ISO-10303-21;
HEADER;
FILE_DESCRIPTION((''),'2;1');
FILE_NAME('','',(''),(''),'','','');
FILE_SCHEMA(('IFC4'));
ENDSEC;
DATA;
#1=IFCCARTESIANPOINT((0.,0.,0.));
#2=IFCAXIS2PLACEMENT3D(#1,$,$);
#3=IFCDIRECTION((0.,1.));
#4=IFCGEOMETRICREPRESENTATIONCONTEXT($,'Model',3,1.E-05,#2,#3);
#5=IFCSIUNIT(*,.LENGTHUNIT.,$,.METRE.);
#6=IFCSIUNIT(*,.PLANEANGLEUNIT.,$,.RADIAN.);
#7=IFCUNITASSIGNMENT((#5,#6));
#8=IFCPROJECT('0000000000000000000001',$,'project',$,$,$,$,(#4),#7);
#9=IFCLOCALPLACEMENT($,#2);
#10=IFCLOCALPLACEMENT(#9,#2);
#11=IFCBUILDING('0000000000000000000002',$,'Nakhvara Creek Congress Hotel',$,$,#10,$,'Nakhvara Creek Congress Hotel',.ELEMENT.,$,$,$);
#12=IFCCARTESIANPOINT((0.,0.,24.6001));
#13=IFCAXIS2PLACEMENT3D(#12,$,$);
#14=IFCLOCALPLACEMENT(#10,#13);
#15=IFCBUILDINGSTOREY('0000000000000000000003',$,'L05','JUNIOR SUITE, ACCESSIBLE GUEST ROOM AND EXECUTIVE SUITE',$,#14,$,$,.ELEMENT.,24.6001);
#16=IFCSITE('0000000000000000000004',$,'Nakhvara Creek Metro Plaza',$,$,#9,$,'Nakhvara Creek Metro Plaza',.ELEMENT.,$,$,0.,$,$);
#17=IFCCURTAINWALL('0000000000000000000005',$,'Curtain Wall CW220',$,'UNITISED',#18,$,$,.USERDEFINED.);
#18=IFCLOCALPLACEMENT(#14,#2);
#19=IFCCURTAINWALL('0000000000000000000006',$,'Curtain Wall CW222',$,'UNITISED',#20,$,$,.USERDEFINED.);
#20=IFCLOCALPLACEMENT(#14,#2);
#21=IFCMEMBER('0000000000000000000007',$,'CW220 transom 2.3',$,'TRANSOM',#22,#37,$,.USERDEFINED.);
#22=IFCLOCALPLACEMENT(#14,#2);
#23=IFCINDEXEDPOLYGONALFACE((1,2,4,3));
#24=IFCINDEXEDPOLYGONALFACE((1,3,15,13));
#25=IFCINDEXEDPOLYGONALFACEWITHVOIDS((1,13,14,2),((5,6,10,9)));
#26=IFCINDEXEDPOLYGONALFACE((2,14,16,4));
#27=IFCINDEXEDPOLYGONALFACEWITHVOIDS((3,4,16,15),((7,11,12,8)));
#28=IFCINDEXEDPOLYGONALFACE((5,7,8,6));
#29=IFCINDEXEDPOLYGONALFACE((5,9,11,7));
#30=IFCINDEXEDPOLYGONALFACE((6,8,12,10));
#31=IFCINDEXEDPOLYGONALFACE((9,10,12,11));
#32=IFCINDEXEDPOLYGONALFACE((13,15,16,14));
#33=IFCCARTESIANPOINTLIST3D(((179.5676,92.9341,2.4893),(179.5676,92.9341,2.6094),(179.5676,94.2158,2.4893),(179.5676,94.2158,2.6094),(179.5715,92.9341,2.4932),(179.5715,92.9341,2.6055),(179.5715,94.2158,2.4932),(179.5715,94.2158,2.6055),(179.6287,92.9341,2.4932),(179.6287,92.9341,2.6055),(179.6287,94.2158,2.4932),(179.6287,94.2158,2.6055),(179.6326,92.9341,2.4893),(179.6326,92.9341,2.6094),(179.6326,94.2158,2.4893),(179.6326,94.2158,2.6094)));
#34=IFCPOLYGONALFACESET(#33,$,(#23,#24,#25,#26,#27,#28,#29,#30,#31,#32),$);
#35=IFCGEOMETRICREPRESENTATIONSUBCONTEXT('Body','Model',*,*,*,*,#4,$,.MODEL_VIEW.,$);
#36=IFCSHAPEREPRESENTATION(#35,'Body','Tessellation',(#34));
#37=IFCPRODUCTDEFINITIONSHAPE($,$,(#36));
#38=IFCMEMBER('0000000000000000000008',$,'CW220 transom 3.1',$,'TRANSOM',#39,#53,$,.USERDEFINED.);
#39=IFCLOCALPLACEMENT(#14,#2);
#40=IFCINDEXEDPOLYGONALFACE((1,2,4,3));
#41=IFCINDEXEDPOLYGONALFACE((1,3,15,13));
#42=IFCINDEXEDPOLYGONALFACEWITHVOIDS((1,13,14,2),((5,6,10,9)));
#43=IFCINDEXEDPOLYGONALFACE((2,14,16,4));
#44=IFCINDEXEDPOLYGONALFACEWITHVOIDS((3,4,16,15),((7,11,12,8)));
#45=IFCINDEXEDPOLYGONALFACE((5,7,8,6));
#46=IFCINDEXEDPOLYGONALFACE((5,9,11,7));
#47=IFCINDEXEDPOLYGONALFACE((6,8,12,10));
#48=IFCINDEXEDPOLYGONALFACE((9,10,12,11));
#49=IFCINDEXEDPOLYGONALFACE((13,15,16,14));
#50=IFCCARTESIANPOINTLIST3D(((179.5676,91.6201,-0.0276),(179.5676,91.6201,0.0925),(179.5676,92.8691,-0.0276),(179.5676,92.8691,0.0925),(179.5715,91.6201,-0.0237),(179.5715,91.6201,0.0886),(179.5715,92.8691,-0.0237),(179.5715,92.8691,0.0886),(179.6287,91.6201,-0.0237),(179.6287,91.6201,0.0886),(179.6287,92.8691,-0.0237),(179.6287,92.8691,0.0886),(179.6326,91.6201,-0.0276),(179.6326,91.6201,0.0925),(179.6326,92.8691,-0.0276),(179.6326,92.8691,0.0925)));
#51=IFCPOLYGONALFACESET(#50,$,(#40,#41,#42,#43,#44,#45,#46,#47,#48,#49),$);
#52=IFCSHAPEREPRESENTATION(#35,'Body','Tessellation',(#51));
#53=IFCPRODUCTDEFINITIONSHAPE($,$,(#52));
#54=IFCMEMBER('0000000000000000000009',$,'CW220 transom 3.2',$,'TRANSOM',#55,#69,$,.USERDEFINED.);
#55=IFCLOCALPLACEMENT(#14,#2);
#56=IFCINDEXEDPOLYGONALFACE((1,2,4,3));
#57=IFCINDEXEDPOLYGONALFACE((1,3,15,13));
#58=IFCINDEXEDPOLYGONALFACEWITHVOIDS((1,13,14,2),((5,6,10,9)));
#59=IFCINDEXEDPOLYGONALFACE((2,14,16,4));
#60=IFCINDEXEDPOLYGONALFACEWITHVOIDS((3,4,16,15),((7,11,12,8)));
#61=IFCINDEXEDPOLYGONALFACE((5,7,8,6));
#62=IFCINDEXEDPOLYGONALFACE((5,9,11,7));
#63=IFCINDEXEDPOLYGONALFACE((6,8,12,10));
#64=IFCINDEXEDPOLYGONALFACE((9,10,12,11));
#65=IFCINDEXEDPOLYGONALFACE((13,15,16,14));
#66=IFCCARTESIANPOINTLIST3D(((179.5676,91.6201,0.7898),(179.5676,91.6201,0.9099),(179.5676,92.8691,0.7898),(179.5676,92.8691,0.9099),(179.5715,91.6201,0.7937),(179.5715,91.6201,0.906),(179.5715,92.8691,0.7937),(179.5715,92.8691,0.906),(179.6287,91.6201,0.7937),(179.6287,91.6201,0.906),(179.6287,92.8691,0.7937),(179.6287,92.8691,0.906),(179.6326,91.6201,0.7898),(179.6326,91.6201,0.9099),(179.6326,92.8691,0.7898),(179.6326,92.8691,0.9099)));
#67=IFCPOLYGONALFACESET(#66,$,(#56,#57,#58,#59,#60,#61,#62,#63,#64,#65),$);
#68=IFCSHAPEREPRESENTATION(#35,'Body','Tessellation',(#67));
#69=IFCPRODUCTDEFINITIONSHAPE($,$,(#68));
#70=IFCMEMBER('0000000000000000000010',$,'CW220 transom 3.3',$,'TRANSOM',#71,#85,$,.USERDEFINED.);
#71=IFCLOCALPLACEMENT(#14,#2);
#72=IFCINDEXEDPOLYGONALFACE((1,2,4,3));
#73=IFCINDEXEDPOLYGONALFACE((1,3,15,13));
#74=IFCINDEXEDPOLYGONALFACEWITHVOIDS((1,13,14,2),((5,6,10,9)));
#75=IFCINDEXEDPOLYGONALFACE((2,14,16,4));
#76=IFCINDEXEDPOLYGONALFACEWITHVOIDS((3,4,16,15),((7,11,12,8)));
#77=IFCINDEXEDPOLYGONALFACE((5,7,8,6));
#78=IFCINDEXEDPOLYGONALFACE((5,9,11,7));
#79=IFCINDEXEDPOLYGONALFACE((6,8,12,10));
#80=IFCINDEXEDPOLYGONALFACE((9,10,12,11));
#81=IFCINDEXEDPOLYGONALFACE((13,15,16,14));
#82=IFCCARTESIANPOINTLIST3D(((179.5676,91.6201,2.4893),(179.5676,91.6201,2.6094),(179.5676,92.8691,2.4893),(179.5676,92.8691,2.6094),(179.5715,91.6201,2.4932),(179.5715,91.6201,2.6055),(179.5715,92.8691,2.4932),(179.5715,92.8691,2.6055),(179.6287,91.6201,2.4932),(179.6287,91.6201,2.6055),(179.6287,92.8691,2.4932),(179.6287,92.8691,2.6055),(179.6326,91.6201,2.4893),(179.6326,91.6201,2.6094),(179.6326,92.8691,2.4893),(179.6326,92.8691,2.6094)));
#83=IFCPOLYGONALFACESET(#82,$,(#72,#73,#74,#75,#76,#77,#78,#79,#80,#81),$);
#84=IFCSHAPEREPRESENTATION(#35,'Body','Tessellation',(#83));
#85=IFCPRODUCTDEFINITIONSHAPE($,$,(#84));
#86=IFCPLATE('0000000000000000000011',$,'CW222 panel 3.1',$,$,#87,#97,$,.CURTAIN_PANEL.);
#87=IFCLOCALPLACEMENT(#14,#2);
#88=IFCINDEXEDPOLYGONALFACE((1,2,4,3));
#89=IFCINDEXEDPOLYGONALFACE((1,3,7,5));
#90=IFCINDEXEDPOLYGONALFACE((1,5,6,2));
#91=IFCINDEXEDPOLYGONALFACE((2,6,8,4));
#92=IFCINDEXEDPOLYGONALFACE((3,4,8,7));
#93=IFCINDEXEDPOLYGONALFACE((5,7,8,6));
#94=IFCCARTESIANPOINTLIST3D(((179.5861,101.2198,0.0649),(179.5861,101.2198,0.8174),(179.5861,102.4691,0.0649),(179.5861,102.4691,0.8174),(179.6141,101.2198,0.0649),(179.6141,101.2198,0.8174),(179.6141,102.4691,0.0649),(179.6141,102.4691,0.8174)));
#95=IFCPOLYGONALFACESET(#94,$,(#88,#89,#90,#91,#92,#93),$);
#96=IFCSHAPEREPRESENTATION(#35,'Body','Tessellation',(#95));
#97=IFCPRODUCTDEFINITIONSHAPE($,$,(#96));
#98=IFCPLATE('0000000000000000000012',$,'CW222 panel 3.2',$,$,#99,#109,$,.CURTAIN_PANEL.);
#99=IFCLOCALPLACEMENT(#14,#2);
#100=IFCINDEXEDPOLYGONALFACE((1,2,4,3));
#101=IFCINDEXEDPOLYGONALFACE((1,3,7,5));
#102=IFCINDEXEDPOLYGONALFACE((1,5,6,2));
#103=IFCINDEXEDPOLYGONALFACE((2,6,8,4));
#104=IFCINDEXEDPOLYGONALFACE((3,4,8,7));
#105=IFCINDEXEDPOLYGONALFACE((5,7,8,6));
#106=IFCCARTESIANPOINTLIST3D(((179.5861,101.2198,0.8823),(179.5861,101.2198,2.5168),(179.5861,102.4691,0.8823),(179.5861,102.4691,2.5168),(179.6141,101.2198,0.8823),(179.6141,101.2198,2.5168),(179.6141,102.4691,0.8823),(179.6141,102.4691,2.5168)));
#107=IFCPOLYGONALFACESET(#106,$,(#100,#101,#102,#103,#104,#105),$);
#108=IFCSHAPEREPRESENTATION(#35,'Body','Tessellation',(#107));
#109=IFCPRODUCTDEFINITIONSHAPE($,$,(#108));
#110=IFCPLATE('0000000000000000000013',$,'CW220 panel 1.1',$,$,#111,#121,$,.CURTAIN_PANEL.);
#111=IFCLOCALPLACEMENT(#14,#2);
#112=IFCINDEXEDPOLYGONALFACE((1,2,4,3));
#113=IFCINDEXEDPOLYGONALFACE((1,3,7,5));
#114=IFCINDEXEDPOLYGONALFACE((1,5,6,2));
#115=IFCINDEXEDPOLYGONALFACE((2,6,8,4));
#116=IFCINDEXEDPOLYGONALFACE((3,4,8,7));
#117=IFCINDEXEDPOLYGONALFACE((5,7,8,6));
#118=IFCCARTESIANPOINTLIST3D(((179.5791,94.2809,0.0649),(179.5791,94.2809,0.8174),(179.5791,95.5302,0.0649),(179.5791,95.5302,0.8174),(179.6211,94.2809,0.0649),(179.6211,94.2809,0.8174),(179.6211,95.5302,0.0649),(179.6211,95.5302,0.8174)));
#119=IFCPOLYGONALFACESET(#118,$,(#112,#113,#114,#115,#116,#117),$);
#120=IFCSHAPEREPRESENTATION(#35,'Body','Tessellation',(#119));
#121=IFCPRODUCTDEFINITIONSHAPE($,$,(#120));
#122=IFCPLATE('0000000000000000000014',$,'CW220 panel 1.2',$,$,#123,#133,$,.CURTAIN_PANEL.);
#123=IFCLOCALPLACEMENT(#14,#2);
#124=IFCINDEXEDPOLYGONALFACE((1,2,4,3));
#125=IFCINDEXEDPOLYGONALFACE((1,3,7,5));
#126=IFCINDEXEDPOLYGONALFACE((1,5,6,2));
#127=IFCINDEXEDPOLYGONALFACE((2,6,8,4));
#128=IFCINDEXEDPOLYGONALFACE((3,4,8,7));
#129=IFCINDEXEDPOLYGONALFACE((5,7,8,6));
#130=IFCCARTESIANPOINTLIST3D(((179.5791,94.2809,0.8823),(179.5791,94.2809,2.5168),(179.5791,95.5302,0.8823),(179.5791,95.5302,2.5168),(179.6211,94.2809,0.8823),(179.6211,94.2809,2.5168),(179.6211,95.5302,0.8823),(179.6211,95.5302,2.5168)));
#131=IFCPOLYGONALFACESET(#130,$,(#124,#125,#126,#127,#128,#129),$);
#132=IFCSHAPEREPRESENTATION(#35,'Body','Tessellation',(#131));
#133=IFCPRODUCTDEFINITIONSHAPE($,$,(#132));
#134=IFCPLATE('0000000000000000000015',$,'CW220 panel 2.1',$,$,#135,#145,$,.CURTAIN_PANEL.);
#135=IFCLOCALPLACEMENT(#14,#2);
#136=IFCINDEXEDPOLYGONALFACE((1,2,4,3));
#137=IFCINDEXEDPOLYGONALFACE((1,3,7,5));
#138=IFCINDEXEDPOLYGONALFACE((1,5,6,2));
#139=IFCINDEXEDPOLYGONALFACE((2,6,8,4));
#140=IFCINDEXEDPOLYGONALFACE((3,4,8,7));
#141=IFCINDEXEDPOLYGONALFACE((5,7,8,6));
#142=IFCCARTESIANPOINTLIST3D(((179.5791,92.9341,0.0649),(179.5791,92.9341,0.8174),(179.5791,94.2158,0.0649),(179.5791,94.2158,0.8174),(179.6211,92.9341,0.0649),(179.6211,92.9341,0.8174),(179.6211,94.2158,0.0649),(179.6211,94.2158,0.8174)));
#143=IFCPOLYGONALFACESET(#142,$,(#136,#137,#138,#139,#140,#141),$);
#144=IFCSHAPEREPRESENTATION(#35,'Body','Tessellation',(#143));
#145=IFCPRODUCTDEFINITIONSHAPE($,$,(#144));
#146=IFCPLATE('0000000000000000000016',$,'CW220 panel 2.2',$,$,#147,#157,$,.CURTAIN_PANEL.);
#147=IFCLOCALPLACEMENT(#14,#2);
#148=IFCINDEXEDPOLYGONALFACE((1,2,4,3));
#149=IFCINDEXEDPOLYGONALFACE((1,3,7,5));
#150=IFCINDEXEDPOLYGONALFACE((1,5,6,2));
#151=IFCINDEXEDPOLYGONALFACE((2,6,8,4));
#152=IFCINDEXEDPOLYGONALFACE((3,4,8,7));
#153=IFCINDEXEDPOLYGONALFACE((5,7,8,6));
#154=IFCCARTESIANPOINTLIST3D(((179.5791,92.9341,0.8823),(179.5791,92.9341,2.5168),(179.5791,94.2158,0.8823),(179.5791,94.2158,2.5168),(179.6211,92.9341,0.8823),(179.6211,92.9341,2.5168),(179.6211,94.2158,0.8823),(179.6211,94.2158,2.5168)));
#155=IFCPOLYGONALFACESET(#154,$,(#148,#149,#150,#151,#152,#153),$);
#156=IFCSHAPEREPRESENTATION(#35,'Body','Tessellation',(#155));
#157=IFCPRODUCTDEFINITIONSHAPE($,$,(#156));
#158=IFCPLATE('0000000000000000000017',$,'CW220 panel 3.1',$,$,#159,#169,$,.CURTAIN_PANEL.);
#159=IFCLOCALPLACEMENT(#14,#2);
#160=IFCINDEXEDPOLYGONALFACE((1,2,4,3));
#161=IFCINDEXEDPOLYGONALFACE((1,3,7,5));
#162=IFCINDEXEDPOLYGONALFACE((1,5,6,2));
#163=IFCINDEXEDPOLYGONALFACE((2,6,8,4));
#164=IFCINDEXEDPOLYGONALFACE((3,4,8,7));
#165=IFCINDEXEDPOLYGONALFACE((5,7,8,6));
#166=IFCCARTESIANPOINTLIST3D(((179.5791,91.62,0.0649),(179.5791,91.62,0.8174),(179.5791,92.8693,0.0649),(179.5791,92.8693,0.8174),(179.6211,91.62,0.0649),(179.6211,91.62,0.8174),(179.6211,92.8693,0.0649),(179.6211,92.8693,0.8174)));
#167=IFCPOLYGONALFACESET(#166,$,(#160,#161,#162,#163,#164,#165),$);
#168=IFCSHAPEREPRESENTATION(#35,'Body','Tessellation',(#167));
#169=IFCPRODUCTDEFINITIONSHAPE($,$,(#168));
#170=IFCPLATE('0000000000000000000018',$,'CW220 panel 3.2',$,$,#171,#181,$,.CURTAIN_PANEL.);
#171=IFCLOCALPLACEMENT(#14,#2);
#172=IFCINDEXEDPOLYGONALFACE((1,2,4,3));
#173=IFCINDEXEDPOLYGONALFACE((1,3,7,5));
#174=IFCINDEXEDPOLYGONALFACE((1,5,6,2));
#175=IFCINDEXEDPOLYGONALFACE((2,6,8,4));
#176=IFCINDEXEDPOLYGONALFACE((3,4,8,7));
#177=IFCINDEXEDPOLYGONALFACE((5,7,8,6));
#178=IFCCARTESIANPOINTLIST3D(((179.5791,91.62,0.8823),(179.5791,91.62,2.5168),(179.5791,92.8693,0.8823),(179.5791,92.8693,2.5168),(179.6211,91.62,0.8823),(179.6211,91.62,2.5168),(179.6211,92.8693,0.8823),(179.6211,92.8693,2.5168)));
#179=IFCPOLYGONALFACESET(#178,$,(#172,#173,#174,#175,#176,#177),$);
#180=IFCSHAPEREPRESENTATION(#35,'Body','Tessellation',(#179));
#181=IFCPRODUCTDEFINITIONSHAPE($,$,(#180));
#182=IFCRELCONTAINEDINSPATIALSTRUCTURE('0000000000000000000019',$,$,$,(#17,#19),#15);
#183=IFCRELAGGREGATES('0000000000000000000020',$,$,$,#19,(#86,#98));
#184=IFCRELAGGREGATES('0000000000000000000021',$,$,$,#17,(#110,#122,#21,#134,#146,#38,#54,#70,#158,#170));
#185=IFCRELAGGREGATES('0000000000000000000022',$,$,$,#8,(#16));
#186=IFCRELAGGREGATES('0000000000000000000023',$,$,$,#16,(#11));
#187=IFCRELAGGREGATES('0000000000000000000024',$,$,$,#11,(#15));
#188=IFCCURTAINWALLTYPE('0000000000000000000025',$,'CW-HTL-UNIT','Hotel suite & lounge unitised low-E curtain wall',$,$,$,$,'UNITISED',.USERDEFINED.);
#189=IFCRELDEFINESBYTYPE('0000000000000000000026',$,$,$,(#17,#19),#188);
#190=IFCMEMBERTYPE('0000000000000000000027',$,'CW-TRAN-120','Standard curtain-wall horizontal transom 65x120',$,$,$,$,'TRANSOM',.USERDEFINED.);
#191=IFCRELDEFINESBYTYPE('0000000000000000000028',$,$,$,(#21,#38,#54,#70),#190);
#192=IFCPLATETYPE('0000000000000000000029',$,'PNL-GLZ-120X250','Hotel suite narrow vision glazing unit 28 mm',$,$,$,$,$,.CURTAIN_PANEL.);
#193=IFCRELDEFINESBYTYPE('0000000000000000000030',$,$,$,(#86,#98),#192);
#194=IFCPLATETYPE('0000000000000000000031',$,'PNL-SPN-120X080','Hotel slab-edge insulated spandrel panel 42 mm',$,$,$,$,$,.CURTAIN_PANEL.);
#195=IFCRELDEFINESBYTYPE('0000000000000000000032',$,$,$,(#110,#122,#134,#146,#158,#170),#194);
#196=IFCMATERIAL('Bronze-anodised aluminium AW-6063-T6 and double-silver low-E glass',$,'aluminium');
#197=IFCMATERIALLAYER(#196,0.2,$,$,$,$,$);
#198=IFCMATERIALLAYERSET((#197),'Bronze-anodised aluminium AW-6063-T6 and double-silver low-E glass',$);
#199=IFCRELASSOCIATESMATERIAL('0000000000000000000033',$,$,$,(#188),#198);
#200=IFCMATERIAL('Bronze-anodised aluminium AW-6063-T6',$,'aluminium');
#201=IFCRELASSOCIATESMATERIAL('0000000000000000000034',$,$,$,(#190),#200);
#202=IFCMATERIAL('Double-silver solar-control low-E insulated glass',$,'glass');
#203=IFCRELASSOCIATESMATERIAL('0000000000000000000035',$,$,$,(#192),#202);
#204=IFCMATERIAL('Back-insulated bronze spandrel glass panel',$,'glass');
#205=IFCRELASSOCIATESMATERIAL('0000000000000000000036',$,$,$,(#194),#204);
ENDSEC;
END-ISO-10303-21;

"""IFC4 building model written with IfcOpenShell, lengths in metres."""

from ifc_helpers import new_model, si_unit, direction, frame, origin, origin_2d, place, context, subcontext, project, spatial, rectangle, hollow_rectangle, extrude, material, layer, layer_set, material_profile, profile_set, type_object, element, aggregate, save


model = new_model("IFC4")

# Units and contexts
model_context = context("Model", 3, precision=1e-05, world=origin(), true_north=direction((0.0, 1.0)))
body_context = subcontext(model_context, "Body", "Model", "MODEL_VIEW")
ifc_project = project(units=[si_unit("LENGTHUNIT", "METRE"), si_unit("PLANEANGLEUNIT", "RADIAN")], contexts=[model_context])

# Site, building, storey
site_placement = place(None, origin())
site = spatial("IfcSite", under=ifc_project, at=site_placement, Name="Nakhvara Creek Metro Plaza", LongName="Nakhvara Creek Metro Plaza", CompositionType="ELEMENT", RefElevation=0.0)
building_placement = place(site_placement, origin())
building = spatial("IfcBuilding", under=site, at=building_placement, Name="Nakhvara Creek Congress Hotel", LongName="Nakhvara Creek Congress Hotel", CompositionType="ELEMENT")
storey_placement = place(building_placement, frame((0.0, 0.0, 24.6001)))
storey = spatial("IfcBuildingStorey", under=building, at=storey_placement, Name="L05", Description="JUNIOR SUITE, ACCESSIBLE GUEST ROOM AND EXECUTIVE SUITE", CompositionType="ELEMENT", Elevation=24.6001)

# Curtain wall
ifc_material_1 = material(Name="Bronze-anodised aluminium AW-6063-T6 and double-silver low-E glass", Category="aluminium")
ifc_layer_1 = layer(ifc_material_1, 0.2)
ifc_layer_set_1 = layer_set([ifc_layer_1], Name="Bronze-anodised aluminium AW-6063-T6 and double-silver low-E glass")
curtain_wall_type = type_object("IfcCurtainWallType", Name="CW-HTL-UNIT", Description="Hotel suite & lounge unitised low-E curtain wall", ElementType="UNITISED", PredefinedType="USERDEFINED", material=ifc_layer_set_1)
curtain_wall_1_placement = place(storey_placement, origin())
curtain_wall_1 = element("IfcCurtainWall", 1, at=curtain_wall_1_placement, inside=storey, type_object=curtain_wall_type, Name="Curtain Wall CW220", ObjectType="UNITISED", PredefinedType="USERDEFINED")
ifc_material_2 = material(Name="Bronze-anodised aluminium AW-6063-T6", Category="aluminium")

# Curtain wall
curtain_wall_2_placement = place(storey_placement, origin())
curtain_wall_2 = element("IfcCurtainWall", 2, at=curtain_wall_2_placement, inside=storey, type_object=curtain_wall_type, Name="Curtain Wall CW222", ObjectType="UNITISED", PredefinedType="USERDEFINED")

# Members
ifc_material_profile_1 = material_profile(ifc_material_2, hollow_rectangle(XDim=0.0649, YDim=0.1201, WallThickness=0.0039, at=origin_2d()), Name="ALU-TRAN 65x120x4", Category="LoadBearing")
ifc_profile_set_1 = profile_set([ifc_material_profile_1], Name="Bronze-anodised aluminium AW-6063-T6")
member_type_1 = type_object("IfcMemberType", Name="CW-TRAN-120", Description="Standard curtain-wall horizontal transom 65x120", ElementType="TRANSOM", PredefinedType="USERDEFINED", material=ifc_profile_set_1)
member_1_placement = place(storey_placement, frame((179.6001, 94.2158, 2.5493), z_axis=(0.0, -1.0, 0.0), x_axis=(1.0, 0.0, 0.0)))
member_1 = element("IfcMember", 3, at=member_1_placement, type_object=member_type_1, Name="CW220 transom 2.3", ObjectType="TRANSOM", PredefinedType="USERDEFINED", context=body_context, shape_type="SweptSolid", body=[
    extrude(hollow_rectangle(XDim=0.0649, YDim=0.1201, WallThickness=0.0039, at=origin_2d()), origin(), (0.0, 0.0, 1.0), 1.2817),
])
member_2_placement = place(storey_placement, frame((179.6001, 92.8691, 0.0325), z_axis=(0.0, -1.0, 0.0), x_axis=(1.0, 0.0, 0.0)))
member_2 = element("IfcMember", 4, at=member_2_placement, type_object=member_type_1, Name="CW220 transom 3.1", ObjectType="TRANSOM", PredefinedType="USERDEFINED", context=body_context, shape_type="SweptSolid", body=[
    extrude(hollow_rectangle(XDim=0.0649, YDim=0.1201, WallThickness=0.0039, at=origin_2d()), origin(), (0.0, 0.0, 1.0), 1.249),
])
member_3_placement = place(storey_placement, frame((179.6001, 92.8691, 0.8499), z_axis=(0.0, -1.0, 0.0), x_axis=(1.0, 0.0, 0.0)))
member_3 = element("IfcMember", 5, at=member_3_placement, type_object=member_type_1, Name="CW220 transom 3.2", ObjectType="TRANSOM", PredefinedType="USERDEFINED", context=body_context, shape_type="SweptSolid", body=[
    extrude(hollow_rectangle(XDim=0.0649, YDim=0.1201, WallThickness=0.0039, at=origin_2d()), origin(), (0.0, 0.0, 1.0), 1.249),
])
member_4_placement = place(storey_placement, frame((179.6001, 92.8691, 2.5493), z_axis=(0.0, -1.0, 0.0), x_axis=(1.0, 0.0, 0.0)))
member_4 = element("IfcMember", 6, at=member_4_placement, type_object=member_type_1, Name="CW220 transom 3.3", ObjectType="TRANSOM", PredefinedType="USERDEFINED", context=body_context, shape_type="SweptSolid", body=[
    extrude(hollow_rectangle(XDim=0.0649, YDim=0.1201, WallThickness=0.0039, at=origin_2d()), origin(), (0.0, 0.0, 1.0), 1.249),
])

# Plates
ifc_material_3 = material(Name="Double-silver solar-control low-E insulated glass", Category="glass")
plate_type_1 = type_object("IfcPlateType", Name="PNL-GLZ-120X250", Description="Hotel suite narrow vision glazing unit 28 mm", PredefinedType="CURTAIN_PANEL", material=ifc_material_3)
plate_1_placement = place(storey_placement, frame((179.6001, 101.8445, 0.0649), z_axis=(0.0, 0.0, 1.0), x_axis=(0.0, -1.0, 0.0)))
plate_1 = element("IfcPlate", 7, at=plate_1_placement, type_object=plate_type_1, Name="CW222 panel 3.1", PredefinedType="CURTAIN_PANEL", context=body_context, shape_type="SweptSolid", body=[
    extrude(rectangle(XDim=1.2493, YDim=0.0281, at=origin_2d()), origin(), (0.0, 0.0, 1.0), 0.7524),
])
plate_2_placement = place(storey_placement, frame((179.6001, 101.8445, 0.8823), z_axis=(0.0, 0.0, 1.0), x_axis=(0.0, -1.0, 0.0)))
plate_2 = element("IfcPlate", 8, at=plate_2_placement, type_object=plate_type_1, Name="CW222 panel 3.2", PredefinedType="CURTAIN_PANEL", context=body_context, shape_type="SweptSolid", body=[
    extrude(rectangle(XDim=1.2493, YDim=0.0281, at=origin_2d()), origin(), (0.0, 0.0, 1.0), 1.6345),
])
aggregate(curtain_wall_2, [plate_1, plate_2])
ifc_material_4 = material(Name="Back-insulated bronze spandrel glass panel", Category="glass")
plate_type_2 = type_object("IfcPlateType", Name="PNL-SPN-120X080", Description="Hotel slab-edge insulated spandrel panel 42 mm", PredefinedType="CURTAIN_PANEL", material=ifc_material_4)
plate_3_placement = place(storey_placement, frame((179.6001, 94.9055, 0.0649), z_axis=(0.0, 0.0, 1.0), x_axis=(0.0, -1.0, 0.0)))
plate_3 = element("IfcPlate", 9, at=plate_3_placement, type_object=plate_type_2, Name="CW220 panel 1.1", PredefinedType="CURTAIN_PANEL", context=body_context, shape_type="SweptSolid", body=[
    extrude(rectangle(XDim=1.2493, YDim=0.042, at=origin_2d()), origin(), (0.0, 0.0, 1.0), 0.7524),
])
plate_4_placement = place(storey_placement, frame((179.6001, 94.9055, 0.8823), z_axis=(0.0, 0.0, 1.0), x_axis=(0.0, -1.0, 0.0)))
plate_4 = element("IfcPlate", 10, at=plate_4_placement, type_object=plate_type_2, Name="CW220 panel 1.2", PredefinedType="CURTAIN_PANEL", context=body_context, shape_type="SweptSolid", body=[
    extrude(rectangle(XDim=1.2493, YDim=0.042, at=origin_2d()), origin(), (0.0, 0.0, 1.0), 1.6345),
])
plate_5_placement = place(storey_placement, frame((179.6001, 93.575, 0.0649), z_axis=(0.0, 0.0, 1.0), x_axis=(0.0, -1.0, 0.0)))
plate_5 = element("IfcPlate", 11, at=plate_5_placement, type_object=plate_type_2, Name="CW220 panel 2.1", PredefinedType="CURTAIN_PANEL", context=body_context, shape_type="SweptSolid", body=[
    extrude(rectangle(XDim=1.2817, YDim=0.042, at=origin_2d()), origin(), (0.0, 0.0, 1.0), 0.7524),
])
plate_6_placement = place(storey_placement, frame((179.6001, 93.575, 0.8823), z_axis=(0.0, 0.0, 1.0), x_axis=(0.0, -1.0, 0.0)))
plate_6 = element("IfcPlate", 12, at=plate_6_placement, type_object=plate_type_2, Name="CW220 panel 2.2", PredefinedType="CURTAIN_PANEL", context=body_context, shape_type="SweptSolid", body=[
    extrude(rectangle(XDim=1.2817, YDim=0.042, at=origin_2d()), origin(), (0.0, 0.0, 1.0), 1.6345),
])
plate_7_placement = place(storey_placement, frame((179.6001, 92.2446, 0.0649), z_axis=(0.0, 0.0, 1.0), x_axis=(0.0, -1.0, 0.0)))
plate_7 = element("IfcPlate", 13, at=plate_7_placement, type_object=plate_type_2, Name="CW220 panel 3.1", PredefinedType="CURTAIN_PANEL", context=body_context, shape_type="SweptSolid", body=[
    extrude(rectangle(XDim=1.2493, YDim=0.042, at=origin_2d()), origin(), (0.0, 0.0, 1.0), 0.7524),
])
plate_8_placement = place(storey_placement, frame((179.6001, 92.2446, 0.8823), z_axis=(0.0, 0.0, 1.0), x_axis=(0.0, -1.0, 0.0)))
plate_8 = element("IfcPlate", 14, at=plate_8_placement, type_object=plate_type_2, Name="CW220 panel 3.2", PredefinedType="CURTAIN_PANEL", context=body_context, shape_type="SweptSolid", body=[
    extrude(rectangle(XDim=1.2493, YDim=0.042, at=origin_2d()), origin(), (0.0, 0.0, 1.0), 1.6345),
])
aggregate(curtain_wall_1, [plate_3, plate_4, member_1, plate_5, plate_6, member_2, member_3, member_4, plate_7, plate_8])

save(model, "model.ifc")
